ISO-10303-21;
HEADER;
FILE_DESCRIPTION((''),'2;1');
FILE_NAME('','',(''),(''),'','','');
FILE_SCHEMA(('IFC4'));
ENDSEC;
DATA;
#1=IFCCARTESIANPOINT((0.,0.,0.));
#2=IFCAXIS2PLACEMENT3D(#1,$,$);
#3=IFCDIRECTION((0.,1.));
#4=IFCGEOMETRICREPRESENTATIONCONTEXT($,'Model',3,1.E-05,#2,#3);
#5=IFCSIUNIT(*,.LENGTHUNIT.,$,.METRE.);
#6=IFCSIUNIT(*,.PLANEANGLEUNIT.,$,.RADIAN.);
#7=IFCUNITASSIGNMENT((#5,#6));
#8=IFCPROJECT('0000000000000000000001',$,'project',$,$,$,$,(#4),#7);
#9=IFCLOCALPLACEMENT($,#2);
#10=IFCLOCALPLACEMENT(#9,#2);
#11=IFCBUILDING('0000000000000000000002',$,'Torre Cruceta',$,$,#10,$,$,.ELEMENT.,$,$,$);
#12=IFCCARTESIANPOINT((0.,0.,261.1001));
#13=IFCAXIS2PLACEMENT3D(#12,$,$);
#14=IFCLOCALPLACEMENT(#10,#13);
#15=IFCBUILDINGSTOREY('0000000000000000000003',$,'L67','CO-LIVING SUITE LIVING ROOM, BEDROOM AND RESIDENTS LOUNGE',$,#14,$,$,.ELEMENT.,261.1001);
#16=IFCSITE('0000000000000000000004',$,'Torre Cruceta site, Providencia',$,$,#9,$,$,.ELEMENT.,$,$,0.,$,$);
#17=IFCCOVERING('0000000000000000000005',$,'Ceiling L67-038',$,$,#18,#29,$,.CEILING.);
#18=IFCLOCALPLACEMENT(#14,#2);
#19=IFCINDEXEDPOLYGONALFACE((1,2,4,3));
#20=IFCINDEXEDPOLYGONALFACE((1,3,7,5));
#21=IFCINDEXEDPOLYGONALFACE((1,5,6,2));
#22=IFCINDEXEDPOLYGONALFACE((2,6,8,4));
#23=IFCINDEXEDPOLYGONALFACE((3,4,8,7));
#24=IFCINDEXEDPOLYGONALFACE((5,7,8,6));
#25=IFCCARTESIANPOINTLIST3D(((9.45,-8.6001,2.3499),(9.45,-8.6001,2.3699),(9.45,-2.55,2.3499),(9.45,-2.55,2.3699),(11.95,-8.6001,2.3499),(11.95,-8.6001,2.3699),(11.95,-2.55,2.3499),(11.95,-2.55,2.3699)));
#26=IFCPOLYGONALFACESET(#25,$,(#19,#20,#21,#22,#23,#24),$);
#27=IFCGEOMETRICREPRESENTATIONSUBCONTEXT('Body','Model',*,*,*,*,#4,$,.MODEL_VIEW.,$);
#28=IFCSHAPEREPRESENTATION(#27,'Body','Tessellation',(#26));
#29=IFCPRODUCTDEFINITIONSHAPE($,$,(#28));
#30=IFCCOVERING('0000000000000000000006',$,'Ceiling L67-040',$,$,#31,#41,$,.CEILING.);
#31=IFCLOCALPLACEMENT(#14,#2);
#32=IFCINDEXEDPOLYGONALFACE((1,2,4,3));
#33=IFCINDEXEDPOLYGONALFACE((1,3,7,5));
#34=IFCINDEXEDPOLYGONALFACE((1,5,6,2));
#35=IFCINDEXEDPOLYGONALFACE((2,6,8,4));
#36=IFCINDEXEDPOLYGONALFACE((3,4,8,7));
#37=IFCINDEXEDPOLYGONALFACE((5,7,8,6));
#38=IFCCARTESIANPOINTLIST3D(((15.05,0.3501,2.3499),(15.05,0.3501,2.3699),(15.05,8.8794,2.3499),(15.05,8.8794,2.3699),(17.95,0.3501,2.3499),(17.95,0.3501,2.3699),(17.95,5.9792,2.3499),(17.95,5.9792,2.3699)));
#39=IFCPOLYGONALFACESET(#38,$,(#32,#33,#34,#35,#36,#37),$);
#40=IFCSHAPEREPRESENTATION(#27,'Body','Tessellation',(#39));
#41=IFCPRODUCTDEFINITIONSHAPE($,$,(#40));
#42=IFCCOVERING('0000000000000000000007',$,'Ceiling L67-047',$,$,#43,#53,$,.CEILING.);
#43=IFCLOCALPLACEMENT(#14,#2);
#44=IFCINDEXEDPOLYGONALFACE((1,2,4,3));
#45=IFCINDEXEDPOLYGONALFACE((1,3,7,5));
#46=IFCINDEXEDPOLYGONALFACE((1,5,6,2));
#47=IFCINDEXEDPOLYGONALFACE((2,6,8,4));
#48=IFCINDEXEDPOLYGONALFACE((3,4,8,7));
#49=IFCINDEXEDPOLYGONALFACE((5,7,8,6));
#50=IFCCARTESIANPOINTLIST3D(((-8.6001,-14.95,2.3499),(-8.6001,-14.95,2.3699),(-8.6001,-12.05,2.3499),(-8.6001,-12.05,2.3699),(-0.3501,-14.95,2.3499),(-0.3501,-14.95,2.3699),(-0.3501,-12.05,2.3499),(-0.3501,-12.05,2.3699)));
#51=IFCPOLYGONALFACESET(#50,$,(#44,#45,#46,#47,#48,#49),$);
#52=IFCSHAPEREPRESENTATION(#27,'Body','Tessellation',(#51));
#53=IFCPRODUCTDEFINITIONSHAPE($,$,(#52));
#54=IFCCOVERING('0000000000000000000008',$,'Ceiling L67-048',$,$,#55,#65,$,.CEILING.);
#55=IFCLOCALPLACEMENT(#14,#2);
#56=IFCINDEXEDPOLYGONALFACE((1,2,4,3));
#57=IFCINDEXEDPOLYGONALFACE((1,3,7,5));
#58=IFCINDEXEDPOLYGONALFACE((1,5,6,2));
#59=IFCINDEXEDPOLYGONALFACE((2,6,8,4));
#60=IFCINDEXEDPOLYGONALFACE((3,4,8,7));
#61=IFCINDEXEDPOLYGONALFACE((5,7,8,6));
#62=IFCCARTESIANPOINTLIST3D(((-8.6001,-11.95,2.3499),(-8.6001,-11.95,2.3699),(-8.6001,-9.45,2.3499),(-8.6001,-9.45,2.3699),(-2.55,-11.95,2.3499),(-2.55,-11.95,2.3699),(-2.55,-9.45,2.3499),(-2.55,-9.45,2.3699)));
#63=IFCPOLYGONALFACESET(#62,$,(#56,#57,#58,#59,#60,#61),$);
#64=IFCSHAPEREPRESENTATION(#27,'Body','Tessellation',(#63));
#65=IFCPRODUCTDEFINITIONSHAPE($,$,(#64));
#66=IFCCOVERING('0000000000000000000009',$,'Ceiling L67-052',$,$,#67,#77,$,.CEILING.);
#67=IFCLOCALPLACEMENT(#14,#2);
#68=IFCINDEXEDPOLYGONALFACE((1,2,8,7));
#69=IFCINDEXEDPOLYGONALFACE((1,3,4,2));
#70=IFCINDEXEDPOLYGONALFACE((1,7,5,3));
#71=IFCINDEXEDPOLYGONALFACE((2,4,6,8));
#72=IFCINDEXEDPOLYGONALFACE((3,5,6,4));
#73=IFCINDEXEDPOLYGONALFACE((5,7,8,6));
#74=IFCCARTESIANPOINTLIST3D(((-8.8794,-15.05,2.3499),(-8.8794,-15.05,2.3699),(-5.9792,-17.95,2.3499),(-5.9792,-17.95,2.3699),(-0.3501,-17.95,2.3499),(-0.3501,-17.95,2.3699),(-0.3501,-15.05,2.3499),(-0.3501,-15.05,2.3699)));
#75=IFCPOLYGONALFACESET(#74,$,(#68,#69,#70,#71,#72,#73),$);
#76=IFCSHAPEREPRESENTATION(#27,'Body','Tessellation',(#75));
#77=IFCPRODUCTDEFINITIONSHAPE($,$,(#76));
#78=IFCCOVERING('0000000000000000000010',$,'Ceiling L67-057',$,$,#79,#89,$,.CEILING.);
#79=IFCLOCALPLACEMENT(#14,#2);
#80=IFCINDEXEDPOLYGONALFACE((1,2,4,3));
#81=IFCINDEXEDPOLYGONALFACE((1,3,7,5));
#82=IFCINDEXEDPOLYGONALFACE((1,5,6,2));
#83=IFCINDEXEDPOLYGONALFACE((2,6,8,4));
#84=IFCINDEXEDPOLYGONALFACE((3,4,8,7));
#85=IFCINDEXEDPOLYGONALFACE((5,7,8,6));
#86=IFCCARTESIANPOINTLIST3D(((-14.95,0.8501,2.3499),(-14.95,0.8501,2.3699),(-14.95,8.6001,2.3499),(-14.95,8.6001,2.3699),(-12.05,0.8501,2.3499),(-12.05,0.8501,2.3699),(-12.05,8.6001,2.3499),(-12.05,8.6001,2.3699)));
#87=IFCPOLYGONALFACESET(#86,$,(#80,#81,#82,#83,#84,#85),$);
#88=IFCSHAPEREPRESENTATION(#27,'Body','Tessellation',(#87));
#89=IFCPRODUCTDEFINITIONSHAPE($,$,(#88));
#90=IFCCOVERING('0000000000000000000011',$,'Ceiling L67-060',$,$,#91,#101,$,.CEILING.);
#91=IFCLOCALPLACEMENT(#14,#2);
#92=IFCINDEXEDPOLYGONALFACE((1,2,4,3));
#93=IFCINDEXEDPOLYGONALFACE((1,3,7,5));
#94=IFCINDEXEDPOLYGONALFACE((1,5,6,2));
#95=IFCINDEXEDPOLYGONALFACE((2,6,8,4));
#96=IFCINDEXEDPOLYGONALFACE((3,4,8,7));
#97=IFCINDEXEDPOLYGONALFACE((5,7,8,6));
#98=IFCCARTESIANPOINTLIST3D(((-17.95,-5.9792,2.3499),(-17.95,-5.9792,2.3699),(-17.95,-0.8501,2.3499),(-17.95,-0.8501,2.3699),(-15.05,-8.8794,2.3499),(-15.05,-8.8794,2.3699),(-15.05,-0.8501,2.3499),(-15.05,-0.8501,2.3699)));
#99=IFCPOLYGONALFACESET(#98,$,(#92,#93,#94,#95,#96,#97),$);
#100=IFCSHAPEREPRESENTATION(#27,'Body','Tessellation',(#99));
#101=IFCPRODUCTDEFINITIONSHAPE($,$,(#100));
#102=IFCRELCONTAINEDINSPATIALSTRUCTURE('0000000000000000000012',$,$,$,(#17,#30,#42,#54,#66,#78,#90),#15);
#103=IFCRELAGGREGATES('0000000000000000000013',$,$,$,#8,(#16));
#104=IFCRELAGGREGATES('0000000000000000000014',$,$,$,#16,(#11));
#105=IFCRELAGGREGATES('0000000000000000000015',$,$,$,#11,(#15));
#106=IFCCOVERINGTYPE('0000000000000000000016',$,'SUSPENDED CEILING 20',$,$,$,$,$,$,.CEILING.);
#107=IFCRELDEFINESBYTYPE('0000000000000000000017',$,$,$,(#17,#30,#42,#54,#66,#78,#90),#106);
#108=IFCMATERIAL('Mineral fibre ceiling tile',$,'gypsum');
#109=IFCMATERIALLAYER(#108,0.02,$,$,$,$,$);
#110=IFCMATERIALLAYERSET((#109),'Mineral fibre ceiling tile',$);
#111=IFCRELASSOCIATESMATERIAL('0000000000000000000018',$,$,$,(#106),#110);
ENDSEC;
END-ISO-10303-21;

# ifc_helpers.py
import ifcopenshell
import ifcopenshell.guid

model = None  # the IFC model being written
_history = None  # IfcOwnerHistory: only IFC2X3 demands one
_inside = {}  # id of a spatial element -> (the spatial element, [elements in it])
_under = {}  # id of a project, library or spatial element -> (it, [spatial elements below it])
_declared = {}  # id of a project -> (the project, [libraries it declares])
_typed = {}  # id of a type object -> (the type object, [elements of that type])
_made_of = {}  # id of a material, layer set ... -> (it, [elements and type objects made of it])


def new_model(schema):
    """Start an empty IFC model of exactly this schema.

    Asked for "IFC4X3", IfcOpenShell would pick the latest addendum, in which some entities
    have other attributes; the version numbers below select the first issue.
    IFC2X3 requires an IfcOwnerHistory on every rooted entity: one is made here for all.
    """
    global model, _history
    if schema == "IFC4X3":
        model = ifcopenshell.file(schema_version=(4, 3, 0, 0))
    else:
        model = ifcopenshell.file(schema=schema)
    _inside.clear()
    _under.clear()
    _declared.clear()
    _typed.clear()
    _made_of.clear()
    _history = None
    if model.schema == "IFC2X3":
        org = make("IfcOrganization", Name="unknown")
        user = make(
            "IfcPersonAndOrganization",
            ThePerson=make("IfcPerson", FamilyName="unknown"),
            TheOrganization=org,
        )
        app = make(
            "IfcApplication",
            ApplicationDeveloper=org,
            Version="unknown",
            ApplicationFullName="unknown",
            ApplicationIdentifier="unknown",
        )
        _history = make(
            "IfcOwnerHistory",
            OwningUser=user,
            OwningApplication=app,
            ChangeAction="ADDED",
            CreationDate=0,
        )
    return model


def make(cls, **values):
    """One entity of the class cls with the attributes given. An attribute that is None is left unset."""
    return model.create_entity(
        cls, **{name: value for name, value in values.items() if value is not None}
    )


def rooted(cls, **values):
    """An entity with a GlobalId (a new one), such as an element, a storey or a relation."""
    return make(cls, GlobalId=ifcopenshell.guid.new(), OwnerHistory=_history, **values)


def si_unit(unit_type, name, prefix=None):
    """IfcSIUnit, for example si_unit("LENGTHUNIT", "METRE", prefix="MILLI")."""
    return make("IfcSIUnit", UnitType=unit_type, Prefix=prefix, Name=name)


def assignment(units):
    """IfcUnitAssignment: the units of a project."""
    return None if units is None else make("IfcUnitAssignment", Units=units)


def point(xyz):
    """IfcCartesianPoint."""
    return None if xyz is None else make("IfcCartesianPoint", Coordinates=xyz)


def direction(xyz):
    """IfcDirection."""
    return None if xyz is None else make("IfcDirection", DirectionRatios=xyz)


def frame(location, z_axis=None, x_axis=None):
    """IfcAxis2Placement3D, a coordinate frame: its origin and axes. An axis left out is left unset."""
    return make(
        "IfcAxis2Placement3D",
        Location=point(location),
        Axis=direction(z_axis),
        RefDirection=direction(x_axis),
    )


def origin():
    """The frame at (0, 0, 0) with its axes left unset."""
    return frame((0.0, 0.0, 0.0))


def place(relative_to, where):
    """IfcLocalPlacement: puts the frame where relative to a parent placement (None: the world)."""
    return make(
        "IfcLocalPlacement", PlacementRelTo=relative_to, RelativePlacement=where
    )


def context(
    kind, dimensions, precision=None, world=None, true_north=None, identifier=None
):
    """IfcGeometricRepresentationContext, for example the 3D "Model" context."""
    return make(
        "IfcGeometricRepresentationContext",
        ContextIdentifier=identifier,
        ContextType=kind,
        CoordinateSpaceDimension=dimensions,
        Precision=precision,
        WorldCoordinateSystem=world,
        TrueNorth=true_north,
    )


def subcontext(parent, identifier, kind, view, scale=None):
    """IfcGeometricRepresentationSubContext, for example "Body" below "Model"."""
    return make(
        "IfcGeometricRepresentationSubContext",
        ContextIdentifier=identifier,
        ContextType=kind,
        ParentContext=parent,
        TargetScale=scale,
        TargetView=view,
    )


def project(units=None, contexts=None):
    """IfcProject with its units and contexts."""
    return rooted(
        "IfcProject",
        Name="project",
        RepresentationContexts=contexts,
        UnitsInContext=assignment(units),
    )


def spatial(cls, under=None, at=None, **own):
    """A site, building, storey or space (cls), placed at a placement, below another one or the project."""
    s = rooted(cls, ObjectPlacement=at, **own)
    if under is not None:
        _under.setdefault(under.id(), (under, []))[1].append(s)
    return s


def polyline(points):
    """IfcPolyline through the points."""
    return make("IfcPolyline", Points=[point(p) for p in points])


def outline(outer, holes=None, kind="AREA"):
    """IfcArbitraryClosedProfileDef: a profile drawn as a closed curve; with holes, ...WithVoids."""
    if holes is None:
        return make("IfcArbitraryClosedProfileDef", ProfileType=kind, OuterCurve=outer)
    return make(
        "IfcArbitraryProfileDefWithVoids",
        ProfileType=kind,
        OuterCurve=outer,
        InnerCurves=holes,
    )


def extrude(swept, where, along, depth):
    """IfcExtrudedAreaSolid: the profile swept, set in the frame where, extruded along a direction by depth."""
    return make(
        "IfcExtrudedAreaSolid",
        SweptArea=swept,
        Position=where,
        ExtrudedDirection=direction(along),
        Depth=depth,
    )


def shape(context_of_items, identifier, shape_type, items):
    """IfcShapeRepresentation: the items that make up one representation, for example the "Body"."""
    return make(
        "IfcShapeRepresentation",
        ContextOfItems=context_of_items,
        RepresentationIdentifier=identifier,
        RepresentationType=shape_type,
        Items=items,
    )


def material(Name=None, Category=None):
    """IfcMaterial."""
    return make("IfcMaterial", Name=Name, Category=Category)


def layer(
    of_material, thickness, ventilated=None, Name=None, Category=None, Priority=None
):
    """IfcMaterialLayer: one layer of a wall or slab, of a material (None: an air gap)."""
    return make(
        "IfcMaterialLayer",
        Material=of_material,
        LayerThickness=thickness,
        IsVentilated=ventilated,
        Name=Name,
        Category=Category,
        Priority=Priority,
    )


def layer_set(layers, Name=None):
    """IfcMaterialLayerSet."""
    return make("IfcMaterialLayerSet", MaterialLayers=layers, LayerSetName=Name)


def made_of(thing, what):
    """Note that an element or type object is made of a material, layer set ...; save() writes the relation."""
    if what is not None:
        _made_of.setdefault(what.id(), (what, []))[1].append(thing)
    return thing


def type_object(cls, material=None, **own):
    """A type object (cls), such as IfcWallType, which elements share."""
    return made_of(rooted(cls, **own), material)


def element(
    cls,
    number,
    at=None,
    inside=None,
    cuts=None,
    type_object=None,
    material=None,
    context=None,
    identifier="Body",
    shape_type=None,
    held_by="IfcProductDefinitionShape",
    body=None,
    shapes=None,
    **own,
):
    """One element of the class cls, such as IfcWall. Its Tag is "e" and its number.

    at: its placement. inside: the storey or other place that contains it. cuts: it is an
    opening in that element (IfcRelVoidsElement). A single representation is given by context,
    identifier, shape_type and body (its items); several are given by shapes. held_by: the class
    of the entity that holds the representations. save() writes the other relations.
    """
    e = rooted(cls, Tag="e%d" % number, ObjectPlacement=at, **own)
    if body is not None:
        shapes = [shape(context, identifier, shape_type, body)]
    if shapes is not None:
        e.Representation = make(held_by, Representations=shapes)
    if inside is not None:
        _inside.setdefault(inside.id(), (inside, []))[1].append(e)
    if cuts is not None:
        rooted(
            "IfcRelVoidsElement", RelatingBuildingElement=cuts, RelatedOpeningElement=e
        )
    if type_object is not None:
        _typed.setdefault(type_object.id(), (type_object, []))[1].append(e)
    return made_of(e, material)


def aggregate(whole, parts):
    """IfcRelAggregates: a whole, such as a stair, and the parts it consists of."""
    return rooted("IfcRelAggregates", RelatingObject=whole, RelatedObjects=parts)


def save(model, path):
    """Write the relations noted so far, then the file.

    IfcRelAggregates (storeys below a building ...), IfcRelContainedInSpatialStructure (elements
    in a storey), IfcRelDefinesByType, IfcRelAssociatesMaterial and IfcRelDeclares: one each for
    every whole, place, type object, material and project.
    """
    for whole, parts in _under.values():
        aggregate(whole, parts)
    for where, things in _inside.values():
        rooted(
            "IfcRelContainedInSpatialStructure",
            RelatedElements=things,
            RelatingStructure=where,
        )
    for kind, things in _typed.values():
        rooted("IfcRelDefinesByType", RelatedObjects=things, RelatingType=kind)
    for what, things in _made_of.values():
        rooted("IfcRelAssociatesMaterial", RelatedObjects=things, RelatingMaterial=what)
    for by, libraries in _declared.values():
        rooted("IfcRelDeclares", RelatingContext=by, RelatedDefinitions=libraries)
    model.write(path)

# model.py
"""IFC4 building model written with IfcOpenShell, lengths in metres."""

from ifc_helpers import new_model, si_unit, direction, frame, origin, place, context, subcontext, project, spatial, polyline, outline, extrude, material, layer, layer_set, type_object, element, save


model = new_model("IFC4")

# Units and contexts
model_context = context("Model", 3, precision=1e-05, world=origin(), true_north=direction((0.0, 1.0)))
body_context = subcontext(model_context, "Body", "Model", "MODEL_VIEW")
ifc_project = project(units=[si_unit("LENGTHUNIT", "METRE"), si_unit("PLANEANGLEUNIT", "RADIAN")], contexts=[model_context])

# Site, building, storey
site_placement = place(None, origin())
site = spatial("IfcSite", under=ifc_project, at=site_placement, Name="Torre Cruceta site, Providencia", CompositionType="ELEMENT", RefElevation=0.0)
building_placement = place(site_placement, origin())
building = spatial("IfcBuilding", under=site, at=building_placement, Name="Torre Cruceta", CompositionType="ELEMENT")
storey_placement = place(building_placement, frame((0.0, 0.0, 261.1001)))
storey = spatial("IfcBuildingStorey", under=building, at=storey_placement, Name="L67", Description="CO-LIVING SUITE LIVING ROOM, BEDROOM AND RESIDENTS LOUNGE", CompositionType="ELEMENT", Elevation=261.1001)

# Coverings
ifc_material_1 = material(Name="Mineral fibre ceiling tile", Category="gypsum")
ifc_layer_1 = layer(ifc_material_1, 0.02)
ifc_layer_set_1 = layer_set([ifc_layer_1], Name="Mineral fibre ceiling tile")
covering_type = type_object("IfcCoveringType", Name="SUSPENDED CEILING 20", PredefinedType="CEILING", material=ifc_layer_set_1)
covering_1_placement = place(storey_placement, frame((0.0, 0.0, 2.3499)))
element("IfcCovering", 1, at=covering_1_placement, inside=storey, type_object=covering_type, Name="Ceiling L67-038", PredefinedType="CEILING", context=body_context, shape_type="SweptSolid", body=[
    extrude(outline(polyline([(9.45, -8.6001), (9.45, -2.55), (11.95, -2.55), (11.95, -8.6001), (9.45, -8.6001)])), origin(), (0.0, 0.0, 1.0), 0.02),
])
covering_2_placement = place(storey_placement, frame((0.0, 0.0, 2.3499)))
element("IfcCovering", 2, at=covering_2_placement, inside=storey, type_object=covering_type, Name="Ceiling L67-040", PredefinedType="CEILING", context=body_context, shape_type="SweptSolid", body=[
    extrude(outline(polyline([(17.95, 5.9792), (17.95, 0.3501), (15.05, 0.3501), (15.05, 8.8794), (17.95, 5.9792)])), origin(), (0.0, 0.0, 1.0), 0.02),
])
covering_3_placement = place(storey_placement, frame((0.0, 0.0, 2.3499)))
element("IfcCovering", 3, at=covering_3_placement, inside=storey, type_object=covering_type, Name="Ceiling L67-047", PredefinedType="CEILING", context=body_context, shape_type="SweptSolid", body=[
    extrude(outline(polyline([(-8.6001, -14.95), (-8.6001, -12.05), (-0.3501, -12.05), (-0.3501, -14.95), (-8.6001, -14.95)])), origin(), (0.0, 0.0, 1.0), 0.02),
])
covering_4_placement = place(storey_placement, frame((0.0, 0.0, 2.3499)))
element("IfcCovering", 4, at=covering_4_placement, inside=storey, type_object=covering_type, Name="Ceiling L67-048", PredefinedType="CEILING", context=body_context, shape_type="SweptSolid", body=[
    extrude(outline(polyline([(-8.6001, -9.45), (-2.55, -9.45), (-2.55, -11.95), (-8.6001, -11.95), (-8.6001, -9.45)])), origin(), (0.0, 0.0, 1.0), 0.02),
])
covering_5_placement = place(storey_placement, frame((0.0, 0.0, 2.3499)))
element("IfcCovering", 5, at=covering_5_placement, inside=storey, type_object=covering_type, Name="Ceiling L67-052", PredefinedType="CEILING", context=body_context, shape_type="SweptSolid", body=[
    extrude(outline(polyline([(-8.8794, -15.05), (-0.3501, -15.05), (-0.3501, -17.95), (-5.9792, -17.95), (-8.8794, -15.05)])), origin(), (0.0, 0.0, 1.0), 0.02),
])
covering_6_placement = place(storey_placement, frame((0.0, 0.0, 2.3499)))
element("IfcCovering", 6, at=covering_6_placement, inside=storey, type_object=covering_type, Name="Ceiling L67-057", PredefinedType="CEILING", context=body_context, shape_type="SweptSolid", body=[
    extrude(outline(polyline([(-14.95, 8.6001), (-12.05, 8.6001), (-12.05, 0.8501), (-14.95, 0.8501), (-14.95, 8.6001)])), origin(), (0.0, 0.0, 1.0), 0.02),
])
covering_7_placement = place(storey_placement, frame((0.0, 0.0, 2.3499)))
element("IfcCovering", 7, at=covering_7_placement, inside=storey, type_object=covering_type, Name="Ceiling L67-060", PredefinedType="CEILING", context=body_context, shape_type="SweptSolid", body=[
    extrude(outline(polyline([(-17.95, -5.9792), (-17.95, -0.8501), (-15.05, -0.8501), (-15.05, -8.8794), (-17.95, -5.9792)])), origin(), (0.0, 0.0, 1.0), 0.02),
])

save(model, "model.ifc")
